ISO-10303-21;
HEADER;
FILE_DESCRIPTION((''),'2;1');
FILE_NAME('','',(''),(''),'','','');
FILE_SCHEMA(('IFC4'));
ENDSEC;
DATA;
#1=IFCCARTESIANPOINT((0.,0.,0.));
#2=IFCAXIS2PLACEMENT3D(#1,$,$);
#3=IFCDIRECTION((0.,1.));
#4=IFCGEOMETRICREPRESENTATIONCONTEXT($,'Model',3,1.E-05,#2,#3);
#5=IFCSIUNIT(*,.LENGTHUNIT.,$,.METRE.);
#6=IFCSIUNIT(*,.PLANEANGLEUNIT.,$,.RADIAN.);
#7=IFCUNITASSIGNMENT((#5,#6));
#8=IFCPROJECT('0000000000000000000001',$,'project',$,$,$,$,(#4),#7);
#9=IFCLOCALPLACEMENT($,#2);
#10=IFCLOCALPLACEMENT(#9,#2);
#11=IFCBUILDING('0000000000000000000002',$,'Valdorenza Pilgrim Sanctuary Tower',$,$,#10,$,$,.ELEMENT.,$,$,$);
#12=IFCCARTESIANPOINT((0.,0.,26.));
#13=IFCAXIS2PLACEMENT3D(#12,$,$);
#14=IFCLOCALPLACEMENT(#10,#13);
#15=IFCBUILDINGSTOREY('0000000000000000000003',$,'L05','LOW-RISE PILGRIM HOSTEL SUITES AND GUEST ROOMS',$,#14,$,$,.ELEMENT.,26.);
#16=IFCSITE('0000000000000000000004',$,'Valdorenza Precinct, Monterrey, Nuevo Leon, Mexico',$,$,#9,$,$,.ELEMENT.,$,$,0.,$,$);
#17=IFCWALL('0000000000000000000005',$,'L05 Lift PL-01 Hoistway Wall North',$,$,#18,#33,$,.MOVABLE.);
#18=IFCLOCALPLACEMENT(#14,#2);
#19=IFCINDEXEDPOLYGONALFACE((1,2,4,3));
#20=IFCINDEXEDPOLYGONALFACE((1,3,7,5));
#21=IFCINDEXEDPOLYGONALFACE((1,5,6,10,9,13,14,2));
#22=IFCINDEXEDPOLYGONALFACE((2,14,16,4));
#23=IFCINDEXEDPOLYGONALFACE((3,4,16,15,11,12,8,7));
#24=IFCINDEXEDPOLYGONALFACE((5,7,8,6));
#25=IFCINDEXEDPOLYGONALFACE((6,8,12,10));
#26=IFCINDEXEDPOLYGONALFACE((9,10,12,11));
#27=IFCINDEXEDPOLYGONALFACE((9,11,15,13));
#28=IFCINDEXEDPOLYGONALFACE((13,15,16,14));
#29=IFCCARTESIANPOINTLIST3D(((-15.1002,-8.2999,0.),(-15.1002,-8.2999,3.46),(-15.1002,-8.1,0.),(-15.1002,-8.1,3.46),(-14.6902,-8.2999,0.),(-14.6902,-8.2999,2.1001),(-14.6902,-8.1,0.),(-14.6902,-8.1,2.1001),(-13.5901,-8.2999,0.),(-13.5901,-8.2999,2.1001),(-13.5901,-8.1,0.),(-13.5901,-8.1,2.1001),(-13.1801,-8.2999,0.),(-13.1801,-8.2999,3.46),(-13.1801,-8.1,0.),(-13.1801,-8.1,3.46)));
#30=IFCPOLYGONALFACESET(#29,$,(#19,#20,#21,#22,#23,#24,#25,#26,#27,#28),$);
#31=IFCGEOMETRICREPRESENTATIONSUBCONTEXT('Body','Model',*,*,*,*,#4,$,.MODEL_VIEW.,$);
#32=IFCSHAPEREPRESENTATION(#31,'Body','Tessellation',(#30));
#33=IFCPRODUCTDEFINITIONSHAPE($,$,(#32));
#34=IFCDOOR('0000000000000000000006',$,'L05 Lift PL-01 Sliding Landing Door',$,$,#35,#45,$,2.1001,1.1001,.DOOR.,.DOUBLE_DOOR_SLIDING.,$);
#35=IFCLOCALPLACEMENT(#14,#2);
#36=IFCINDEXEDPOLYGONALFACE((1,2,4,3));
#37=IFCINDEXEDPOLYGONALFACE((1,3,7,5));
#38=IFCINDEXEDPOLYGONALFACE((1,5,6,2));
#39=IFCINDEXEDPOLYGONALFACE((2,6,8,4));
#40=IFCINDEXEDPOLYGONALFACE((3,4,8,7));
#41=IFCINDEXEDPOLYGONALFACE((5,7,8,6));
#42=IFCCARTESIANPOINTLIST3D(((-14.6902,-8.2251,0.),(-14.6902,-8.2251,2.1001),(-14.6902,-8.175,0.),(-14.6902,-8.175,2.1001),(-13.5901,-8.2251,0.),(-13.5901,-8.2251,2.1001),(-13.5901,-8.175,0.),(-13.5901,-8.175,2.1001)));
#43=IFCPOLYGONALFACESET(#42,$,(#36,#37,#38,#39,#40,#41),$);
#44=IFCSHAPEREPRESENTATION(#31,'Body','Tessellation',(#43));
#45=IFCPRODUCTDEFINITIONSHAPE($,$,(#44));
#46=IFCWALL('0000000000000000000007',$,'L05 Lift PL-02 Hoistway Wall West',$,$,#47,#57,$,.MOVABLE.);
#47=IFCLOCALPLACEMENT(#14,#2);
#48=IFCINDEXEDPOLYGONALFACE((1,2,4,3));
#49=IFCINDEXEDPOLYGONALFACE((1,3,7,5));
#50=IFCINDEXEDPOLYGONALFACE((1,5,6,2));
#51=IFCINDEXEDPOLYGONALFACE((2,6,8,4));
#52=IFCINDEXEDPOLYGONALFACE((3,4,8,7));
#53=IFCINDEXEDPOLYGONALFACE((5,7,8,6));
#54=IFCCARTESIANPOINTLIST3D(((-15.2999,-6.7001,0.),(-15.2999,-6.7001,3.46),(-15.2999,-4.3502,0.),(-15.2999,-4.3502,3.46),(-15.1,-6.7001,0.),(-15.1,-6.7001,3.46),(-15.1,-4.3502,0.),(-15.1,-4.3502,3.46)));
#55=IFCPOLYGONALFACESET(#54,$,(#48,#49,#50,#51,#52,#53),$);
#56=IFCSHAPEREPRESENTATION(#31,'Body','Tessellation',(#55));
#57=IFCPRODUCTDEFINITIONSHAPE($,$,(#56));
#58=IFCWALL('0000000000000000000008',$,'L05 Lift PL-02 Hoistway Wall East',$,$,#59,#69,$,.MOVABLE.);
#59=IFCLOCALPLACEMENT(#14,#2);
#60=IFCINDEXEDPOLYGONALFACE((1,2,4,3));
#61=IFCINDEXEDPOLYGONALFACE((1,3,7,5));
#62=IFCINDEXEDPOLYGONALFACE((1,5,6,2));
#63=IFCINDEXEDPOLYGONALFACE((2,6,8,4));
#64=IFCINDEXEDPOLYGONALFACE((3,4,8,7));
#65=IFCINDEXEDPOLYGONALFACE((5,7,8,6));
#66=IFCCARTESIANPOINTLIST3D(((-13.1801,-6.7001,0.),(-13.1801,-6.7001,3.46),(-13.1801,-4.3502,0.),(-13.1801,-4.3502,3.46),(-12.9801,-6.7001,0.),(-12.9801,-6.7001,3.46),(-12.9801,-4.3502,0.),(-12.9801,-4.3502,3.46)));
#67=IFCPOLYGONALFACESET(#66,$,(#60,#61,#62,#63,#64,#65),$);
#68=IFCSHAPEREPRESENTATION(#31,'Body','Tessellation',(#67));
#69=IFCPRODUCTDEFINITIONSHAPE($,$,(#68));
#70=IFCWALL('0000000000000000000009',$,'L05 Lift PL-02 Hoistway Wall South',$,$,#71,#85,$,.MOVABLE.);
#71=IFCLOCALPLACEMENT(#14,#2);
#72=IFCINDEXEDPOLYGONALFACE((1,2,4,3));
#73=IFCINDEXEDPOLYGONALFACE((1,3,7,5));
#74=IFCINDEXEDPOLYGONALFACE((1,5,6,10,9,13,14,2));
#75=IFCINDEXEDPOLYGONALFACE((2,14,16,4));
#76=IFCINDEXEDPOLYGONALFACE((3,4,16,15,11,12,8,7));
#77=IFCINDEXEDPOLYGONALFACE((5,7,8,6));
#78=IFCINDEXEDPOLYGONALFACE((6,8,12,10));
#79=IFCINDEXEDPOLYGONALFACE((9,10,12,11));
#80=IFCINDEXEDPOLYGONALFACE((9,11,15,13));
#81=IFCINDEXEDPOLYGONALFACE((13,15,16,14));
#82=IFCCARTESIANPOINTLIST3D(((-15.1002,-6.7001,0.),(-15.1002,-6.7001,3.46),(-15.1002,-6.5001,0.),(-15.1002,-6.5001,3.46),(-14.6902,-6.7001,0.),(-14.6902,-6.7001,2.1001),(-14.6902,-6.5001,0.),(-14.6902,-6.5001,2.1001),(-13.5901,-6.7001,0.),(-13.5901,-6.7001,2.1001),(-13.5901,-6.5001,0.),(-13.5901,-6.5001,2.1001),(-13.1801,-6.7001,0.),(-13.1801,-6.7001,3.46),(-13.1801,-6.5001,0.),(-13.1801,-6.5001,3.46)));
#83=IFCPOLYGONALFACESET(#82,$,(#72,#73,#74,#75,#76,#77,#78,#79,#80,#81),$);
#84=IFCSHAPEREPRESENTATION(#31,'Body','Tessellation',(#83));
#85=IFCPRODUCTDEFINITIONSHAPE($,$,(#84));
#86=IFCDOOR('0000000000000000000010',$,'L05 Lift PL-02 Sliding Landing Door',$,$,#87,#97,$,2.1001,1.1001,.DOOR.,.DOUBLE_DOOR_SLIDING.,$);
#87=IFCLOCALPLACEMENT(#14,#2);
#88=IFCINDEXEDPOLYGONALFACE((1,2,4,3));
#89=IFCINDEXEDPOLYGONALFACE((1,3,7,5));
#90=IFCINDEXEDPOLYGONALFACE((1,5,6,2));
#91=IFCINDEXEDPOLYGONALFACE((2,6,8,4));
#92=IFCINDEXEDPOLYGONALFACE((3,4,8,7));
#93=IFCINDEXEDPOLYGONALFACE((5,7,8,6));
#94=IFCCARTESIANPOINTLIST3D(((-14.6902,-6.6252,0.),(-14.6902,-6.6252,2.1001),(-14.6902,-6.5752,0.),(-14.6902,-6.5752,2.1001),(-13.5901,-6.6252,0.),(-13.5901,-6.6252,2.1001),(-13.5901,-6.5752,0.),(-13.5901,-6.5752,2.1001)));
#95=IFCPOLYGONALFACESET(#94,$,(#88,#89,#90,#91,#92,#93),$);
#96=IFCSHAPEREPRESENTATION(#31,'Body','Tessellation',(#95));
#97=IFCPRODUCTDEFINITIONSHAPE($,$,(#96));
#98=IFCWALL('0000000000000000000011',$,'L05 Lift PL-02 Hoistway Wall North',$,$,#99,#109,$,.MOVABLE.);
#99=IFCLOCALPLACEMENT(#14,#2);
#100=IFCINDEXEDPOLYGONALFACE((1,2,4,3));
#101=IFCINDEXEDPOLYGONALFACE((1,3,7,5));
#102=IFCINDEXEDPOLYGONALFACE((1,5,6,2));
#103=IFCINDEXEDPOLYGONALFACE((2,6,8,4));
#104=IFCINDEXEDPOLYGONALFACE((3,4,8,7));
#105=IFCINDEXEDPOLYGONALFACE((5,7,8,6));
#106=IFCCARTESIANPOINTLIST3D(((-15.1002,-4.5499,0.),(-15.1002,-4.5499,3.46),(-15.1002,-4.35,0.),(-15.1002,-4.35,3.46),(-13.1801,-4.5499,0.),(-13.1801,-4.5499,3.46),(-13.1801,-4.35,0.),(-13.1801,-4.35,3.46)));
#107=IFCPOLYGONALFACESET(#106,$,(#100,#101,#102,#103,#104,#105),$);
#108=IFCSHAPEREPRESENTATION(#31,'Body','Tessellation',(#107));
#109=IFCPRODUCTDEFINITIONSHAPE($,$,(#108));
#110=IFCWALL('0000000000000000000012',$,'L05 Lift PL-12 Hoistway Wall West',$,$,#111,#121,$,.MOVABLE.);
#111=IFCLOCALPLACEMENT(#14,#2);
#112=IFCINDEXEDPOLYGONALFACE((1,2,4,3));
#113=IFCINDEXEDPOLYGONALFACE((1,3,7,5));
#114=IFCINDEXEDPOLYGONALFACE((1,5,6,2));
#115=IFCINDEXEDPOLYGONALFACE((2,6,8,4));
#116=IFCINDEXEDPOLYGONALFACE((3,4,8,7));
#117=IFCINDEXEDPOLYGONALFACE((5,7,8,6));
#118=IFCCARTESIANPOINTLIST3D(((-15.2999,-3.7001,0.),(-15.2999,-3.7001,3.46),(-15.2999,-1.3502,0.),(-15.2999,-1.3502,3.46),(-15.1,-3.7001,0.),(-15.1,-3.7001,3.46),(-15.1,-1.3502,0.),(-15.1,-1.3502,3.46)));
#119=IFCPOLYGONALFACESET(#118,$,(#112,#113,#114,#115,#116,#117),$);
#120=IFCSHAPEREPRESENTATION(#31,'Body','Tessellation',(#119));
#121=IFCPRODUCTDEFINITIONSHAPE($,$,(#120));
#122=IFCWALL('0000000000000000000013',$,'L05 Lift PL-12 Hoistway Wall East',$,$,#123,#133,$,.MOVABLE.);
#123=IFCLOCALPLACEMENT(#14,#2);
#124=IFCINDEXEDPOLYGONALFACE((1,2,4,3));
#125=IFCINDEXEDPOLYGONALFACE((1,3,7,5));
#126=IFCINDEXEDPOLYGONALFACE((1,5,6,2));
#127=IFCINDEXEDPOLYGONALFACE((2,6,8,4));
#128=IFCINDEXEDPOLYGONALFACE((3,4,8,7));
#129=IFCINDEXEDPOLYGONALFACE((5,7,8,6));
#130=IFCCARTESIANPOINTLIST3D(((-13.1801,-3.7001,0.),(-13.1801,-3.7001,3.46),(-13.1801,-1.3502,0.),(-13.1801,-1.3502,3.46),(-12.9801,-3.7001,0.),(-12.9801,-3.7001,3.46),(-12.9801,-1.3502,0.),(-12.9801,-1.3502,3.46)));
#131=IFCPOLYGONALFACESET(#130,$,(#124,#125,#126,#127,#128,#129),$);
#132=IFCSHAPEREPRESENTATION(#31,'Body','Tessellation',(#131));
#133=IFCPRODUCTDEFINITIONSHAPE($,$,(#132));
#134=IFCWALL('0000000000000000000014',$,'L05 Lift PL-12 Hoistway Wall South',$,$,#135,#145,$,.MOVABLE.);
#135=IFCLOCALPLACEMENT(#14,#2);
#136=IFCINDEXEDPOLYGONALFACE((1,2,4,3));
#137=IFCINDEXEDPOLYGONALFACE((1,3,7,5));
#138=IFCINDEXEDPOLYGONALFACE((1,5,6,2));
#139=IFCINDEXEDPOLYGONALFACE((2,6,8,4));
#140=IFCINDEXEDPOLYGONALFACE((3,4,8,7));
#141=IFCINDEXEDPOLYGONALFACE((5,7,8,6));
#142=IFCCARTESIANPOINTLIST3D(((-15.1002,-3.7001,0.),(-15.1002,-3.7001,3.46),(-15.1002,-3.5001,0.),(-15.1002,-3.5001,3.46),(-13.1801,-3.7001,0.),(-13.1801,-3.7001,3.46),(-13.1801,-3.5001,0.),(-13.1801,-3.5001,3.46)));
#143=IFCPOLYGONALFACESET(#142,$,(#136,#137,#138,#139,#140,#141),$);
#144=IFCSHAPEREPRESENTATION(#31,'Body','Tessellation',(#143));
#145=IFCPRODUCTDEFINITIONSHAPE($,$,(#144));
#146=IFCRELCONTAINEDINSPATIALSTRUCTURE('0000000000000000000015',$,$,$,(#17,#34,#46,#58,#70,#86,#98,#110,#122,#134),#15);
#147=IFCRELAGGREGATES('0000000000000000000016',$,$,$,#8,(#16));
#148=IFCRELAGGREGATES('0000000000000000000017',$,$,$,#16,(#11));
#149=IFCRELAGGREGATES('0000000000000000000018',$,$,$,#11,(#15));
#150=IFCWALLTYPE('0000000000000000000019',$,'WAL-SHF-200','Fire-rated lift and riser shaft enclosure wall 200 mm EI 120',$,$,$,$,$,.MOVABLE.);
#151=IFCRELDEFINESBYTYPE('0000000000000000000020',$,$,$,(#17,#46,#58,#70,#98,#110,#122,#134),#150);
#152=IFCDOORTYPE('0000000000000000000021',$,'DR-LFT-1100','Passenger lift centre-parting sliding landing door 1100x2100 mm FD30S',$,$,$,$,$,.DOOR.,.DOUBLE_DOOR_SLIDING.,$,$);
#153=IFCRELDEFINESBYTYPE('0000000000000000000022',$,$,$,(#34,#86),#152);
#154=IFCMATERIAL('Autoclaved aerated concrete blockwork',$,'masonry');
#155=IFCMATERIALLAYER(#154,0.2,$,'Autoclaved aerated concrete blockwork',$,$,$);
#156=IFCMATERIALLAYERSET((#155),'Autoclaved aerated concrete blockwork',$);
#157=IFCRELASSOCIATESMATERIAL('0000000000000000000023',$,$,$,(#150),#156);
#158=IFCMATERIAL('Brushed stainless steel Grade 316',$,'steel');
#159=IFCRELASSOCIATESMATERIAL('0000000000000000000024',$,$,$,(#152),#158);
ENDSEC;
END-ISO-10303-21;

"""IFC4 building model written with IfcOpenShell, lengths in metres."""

from ifc_helpers import new_model, si_unit, direction, frame, frame_2d, origin, place, context, subcontext, project, spatial, rectangle, extrude, material, layer, layer_set, type_object, element, fill, save


model = new_model("IFC4")

# Units and contexts
model_context = context("Model", 3, precision=1e-05, world=origin(), true_north=direction((0.0, 1.0)))
body_context = subcontext(model_context, "Body", "Model", "MODEL_VIEW")
ifc_project = project(units=[si_unit("LENGTHUNIT", "METRE"), si_unit("PLANEANGLEUNIT", "RADIAN")], contexts=[model_context])

# Site, building, storey
site_placement = place(None, origin())
site = spatial("IfcSite", under=ifc_project, at=site_placement, Name="Valdorenza Precinct, Monterrey, Nuevo Leon, Mexico", CompositionType="ELEMENT", RefElevation=0.0)
building_placement = place(site_placement, origin())
building = spatial("IfcBuilding", under=site, at=building_placement, Name="Valdorenza Pilgrim Sanctuary Tower", CompositionType="ELEMENT")
storey_placement = place(building_placement, frame((0.0, 0.0, 26.0)))
storey = spatial("IfcBuildingStorey", under=building, at=storey_placement, Name="L05", Description="LOW-RISE PILGRIM HOSTEL SUITES AND GUEST ROOMS", CompositionType="ELEMENT", Elevation=26.0)

# Shared definitions
ifc_material_1 = material(Name="Autoclaved aerated concrete blockwork", Category="masonry")
ifc_layer_1 = layer(ifc_material_1, 0.2, Name="Autoclaved aerated concrete blockwork")
ifc_layer_set_1 = layer_set([ifc_layer_1], Name="Autoclaved aerated concrete blockwork")
wall_type = type_object("IfcWallType", Name="WAL-SHF-200", Description="Fire-rated lift and riser shaft enclosure wall 200 mm EI 120", PredefinedType="MOVABLE", material=ifc_layer_set_1)

# Wall, opening, door
wall_1_placement = place(storey_placement, frame((-15.1001, -8.2, 0.0), z_axis=(0.0, 0.0, 1.0), x_axis=(1.0, 0.0, 0.0)))
wall_1 = element("IfcWall", 1, at=wall_1_placement, inside=storey, type_object=wall_type, Name="L05 Lift PL-01 Hoistway Wall North", PredefinedType="MOVABLE", context=body_context, shape_type="SweptSolid", body=[
    extrude(rectangle(XDim=1.9202, YDim=0.2, at=frame_2d((0.96, 0.0))), origin(), (0.0, 0.0, 1.0), 3.46),
])
opening_1_placement = place(wall_1_placement, frame((0.4099, 0.0, 0.0)))
opening_1 = element("IfcOpeningElement", 2, at=opening_1_placement, cuts=wall_1, PredefinedType="OPENING", context=body_context, shape_type="SweptSolid", body=[
    extrude(rectangle(XDim=1.1001, YDim=2.1001, at=frame_2d((0.55, 1.05))), frame((0.0, 0.1147, 0.0), z_axis=(0.0, -1.0, 0.0), x_axis=(1.0, 0.0, 0.0)), (0.0, 0.0, 1.0), 0.2297),
])
ifc_material_2 = material(Name="Brushed stainless steel Grade 316", Category="steel")
door_type = type_object("IfcDoorType", Name="DR-LFT-1100", Description="Passenger lift centre-parting sliding landing door 1100x2100 mm FD30S", OperationType="DOUBLE_DOOR_SLIDING", PredefinedType="DOOR", material=ifc_material_2)
door_1_placement = place(opening_1_placement, origin())
door_1 = element("IfcDoor", 3, at=door_1_placement, inside=storey, type_object=door_type, Name="L05 Lift PL-01 Sliding Landing Door", OperationType="DOUBLE_DOOR_SLIDING", OverallHeight=2.1001, OverallWidth=1.1001, PredefinedType="DOOR", context=body_context, shape_type="SweptSolid", body=[
    extrude(rectangle(XDim=1.1001, YDim=2.1001, at=frame_2d((0.55, 1.05))), frame((0.0, 0.0249, 0.0), z_axis=(0.0, -1.0, 0.0), x_axis=(1.0, 0.0, 0.0)), (0.0, 0.0, 1.0), 0.05),
])
fill(opening_1, door_1)

# Walls
for number, where, z_axis, x_axis, name in (
    (4, (-15.2, -6.7, 0.0), (0.0, 0.0, 1.0), (0.0, 1.0, 0.0), "L05 Lift PL-02 Hoistway Wall West"),
    (5, (-13.0801, -6.7, 0.0), (0.0, 0.0, 1.0), (0.0, 1.0, 0.0), "L05 Lift PL-02 Hoistway Wall East"),
):
    element("IfcWall", number, at=place(storey_placement, frame(where, z_axis=z_axis, x_axis=x_axis)), inside=storey, type_object=wall_type, Name=name, PredefinedType="MOVABLE", context=body_context, shape_type="SweptSolid", body=[
        extrude(rectangle(XDim=2.3499, YDim=0.2, at=frame_2d((1.1748, 0.0))), origin(), (0.0, 0.0, 1.0), 3.46),
    ])

# Wall, opening, door
wall_2_placement = place(storey_placement, frame((-15.1001, -6.6001, 0.0), z_axis=(0.0, 0.0, 1.0), x_axis=(1.0, 0.0, 0.0)))
wall_2 = element("IfcWall", 6, at=wall_2_placement, inside=storey, type_object=wall_type, Name="L05 Lift PL-02 Hoistway Wall South", PredefinedType="MOVABLE", context=body_context, shape_type="SweptSolid", body=[
    extrude(rectangle(XDim=1.9202, YDim=0.2, at=frame_2d((0.96, 0.0))), origin(), (0.0, 0.0, 1.0), 3.46),
])
opening_2_placement = place(wall_2_placement, frame((0.4099, 0.0, 0.0)))
opening_2 = element("IfcOpeningElement", 7, at=opening_2_placement, cuts=wall_2, PredefinedType="OPENING", context=body_context, shape_type="SweptSolid", body=[
    extrude(rectangle(XDim=1.1001, YDim=2.1001, at=frame_2d((0.55, 1.05))), frame((0.0, 0.1147, 0.0), z_axis=(0.0, -1.0, 0.0), x_axis=(1.0, 0.0, 0.0)), (0.0, 0.0, 1.0), 0.2297),
])
door_2_placement = place(opening_2_placement, origin())
door_2 = element("IfcDoor", 8, at=door_2_placement, inside=storey, type_object=door_type, Name="L05 Lift PL-02 Sliding Landing Door", OperationType="DOUBLE_DOOR_SLIDING", OverallHeight=2.1001, OverallWidth=1.1001, PredefinedType="DOOR", context=body_context, shape_type="SweptSolid", body=[
    extrude(rectangle(XDim=1.1001, YDim=2.1001, at=frame_2d((0.55, 1.05))), frame((0.0, 0.0249, 0.0), z_axis=(0.0, -1.0, 0.0), x_axis=(1.0, 0.0, 0.0)), (0.0, 0.0, 1.0), 0.05),
])
fill(opening_2, door_2)

# Walls
wall_3_placement = place(storey_placement, frame((-15.1001, -4.45, 0.0), z_axis=(0.0, 0.0, 1.0), x_axis=(1.0, 0.0, 0.0)))
element("IfcWall", 9, at=wall_3_placement, inside=storey, type_object=wall_type, Name="L05 Lift PL-02 Hoistway Wall North", PredefinedType="MOVABLE", context=body_context, shape_type="SweptSolid", body=[
    extrude(rectangle(XDim=1.9202, YDim=0.2, at=frame_2d((0.96, 0.0))), origin(), (0.0, 0.0, 1.0), 3.46),
])
for number, where, z_axis, x_axis, name in (
    (10, (-15.2, -3.7, 0.0), (0.0, 0.0, 1.0), (0.0, 1.0, 0.0), "L05 Lift PL-12 Hoistway Wall West"),
    (11, (-13.0801, -3.7, 0.0), (0.0, 0.0, 1.0), (0.0, 1.0, 0.0), "L05 Lift PL-12 Hoistway Wall East"),
):
    element("IfcWall", number, at=place(storey_placement, frame(where, z_axis=z_axis, x_axis=x_axis)), inside=storey, type_object=wall_type, Name=name, PredefinedType="MOVABLE", context=body_context, shape_type="SweptSolid", body=[
        extrude(rectangle(XDim=2.3499, YDim=0.2, at=frame_2d((1.1748, 0.0))), origin(), (0.0, 0.0, 1.0), 3.46),
    ])
wall_4_placement = place(storey_placement, frame((-15.1001, -3.6001, 0.0), z_axis=(0.0, 0.0, 1.0), x_axis=(1.0, 0.0, 0.0)))
element("IfcWall", 12, at=wall_4_placement, inside=storey, type_object=wall_type, Name="L05 Lift PL-12 Hoistway Wall South", PredefinedType="MOVABLE", context=body_context, shape_type="SweptSolid", body=[
    extrude(rectangle(XDim=1.9202, YDim=0.2, at=frame_2d((0.96, 0.0))), origin(), (0.0, 0.0, 1.0), 3.46),
])

save(model, "model.ifc")
